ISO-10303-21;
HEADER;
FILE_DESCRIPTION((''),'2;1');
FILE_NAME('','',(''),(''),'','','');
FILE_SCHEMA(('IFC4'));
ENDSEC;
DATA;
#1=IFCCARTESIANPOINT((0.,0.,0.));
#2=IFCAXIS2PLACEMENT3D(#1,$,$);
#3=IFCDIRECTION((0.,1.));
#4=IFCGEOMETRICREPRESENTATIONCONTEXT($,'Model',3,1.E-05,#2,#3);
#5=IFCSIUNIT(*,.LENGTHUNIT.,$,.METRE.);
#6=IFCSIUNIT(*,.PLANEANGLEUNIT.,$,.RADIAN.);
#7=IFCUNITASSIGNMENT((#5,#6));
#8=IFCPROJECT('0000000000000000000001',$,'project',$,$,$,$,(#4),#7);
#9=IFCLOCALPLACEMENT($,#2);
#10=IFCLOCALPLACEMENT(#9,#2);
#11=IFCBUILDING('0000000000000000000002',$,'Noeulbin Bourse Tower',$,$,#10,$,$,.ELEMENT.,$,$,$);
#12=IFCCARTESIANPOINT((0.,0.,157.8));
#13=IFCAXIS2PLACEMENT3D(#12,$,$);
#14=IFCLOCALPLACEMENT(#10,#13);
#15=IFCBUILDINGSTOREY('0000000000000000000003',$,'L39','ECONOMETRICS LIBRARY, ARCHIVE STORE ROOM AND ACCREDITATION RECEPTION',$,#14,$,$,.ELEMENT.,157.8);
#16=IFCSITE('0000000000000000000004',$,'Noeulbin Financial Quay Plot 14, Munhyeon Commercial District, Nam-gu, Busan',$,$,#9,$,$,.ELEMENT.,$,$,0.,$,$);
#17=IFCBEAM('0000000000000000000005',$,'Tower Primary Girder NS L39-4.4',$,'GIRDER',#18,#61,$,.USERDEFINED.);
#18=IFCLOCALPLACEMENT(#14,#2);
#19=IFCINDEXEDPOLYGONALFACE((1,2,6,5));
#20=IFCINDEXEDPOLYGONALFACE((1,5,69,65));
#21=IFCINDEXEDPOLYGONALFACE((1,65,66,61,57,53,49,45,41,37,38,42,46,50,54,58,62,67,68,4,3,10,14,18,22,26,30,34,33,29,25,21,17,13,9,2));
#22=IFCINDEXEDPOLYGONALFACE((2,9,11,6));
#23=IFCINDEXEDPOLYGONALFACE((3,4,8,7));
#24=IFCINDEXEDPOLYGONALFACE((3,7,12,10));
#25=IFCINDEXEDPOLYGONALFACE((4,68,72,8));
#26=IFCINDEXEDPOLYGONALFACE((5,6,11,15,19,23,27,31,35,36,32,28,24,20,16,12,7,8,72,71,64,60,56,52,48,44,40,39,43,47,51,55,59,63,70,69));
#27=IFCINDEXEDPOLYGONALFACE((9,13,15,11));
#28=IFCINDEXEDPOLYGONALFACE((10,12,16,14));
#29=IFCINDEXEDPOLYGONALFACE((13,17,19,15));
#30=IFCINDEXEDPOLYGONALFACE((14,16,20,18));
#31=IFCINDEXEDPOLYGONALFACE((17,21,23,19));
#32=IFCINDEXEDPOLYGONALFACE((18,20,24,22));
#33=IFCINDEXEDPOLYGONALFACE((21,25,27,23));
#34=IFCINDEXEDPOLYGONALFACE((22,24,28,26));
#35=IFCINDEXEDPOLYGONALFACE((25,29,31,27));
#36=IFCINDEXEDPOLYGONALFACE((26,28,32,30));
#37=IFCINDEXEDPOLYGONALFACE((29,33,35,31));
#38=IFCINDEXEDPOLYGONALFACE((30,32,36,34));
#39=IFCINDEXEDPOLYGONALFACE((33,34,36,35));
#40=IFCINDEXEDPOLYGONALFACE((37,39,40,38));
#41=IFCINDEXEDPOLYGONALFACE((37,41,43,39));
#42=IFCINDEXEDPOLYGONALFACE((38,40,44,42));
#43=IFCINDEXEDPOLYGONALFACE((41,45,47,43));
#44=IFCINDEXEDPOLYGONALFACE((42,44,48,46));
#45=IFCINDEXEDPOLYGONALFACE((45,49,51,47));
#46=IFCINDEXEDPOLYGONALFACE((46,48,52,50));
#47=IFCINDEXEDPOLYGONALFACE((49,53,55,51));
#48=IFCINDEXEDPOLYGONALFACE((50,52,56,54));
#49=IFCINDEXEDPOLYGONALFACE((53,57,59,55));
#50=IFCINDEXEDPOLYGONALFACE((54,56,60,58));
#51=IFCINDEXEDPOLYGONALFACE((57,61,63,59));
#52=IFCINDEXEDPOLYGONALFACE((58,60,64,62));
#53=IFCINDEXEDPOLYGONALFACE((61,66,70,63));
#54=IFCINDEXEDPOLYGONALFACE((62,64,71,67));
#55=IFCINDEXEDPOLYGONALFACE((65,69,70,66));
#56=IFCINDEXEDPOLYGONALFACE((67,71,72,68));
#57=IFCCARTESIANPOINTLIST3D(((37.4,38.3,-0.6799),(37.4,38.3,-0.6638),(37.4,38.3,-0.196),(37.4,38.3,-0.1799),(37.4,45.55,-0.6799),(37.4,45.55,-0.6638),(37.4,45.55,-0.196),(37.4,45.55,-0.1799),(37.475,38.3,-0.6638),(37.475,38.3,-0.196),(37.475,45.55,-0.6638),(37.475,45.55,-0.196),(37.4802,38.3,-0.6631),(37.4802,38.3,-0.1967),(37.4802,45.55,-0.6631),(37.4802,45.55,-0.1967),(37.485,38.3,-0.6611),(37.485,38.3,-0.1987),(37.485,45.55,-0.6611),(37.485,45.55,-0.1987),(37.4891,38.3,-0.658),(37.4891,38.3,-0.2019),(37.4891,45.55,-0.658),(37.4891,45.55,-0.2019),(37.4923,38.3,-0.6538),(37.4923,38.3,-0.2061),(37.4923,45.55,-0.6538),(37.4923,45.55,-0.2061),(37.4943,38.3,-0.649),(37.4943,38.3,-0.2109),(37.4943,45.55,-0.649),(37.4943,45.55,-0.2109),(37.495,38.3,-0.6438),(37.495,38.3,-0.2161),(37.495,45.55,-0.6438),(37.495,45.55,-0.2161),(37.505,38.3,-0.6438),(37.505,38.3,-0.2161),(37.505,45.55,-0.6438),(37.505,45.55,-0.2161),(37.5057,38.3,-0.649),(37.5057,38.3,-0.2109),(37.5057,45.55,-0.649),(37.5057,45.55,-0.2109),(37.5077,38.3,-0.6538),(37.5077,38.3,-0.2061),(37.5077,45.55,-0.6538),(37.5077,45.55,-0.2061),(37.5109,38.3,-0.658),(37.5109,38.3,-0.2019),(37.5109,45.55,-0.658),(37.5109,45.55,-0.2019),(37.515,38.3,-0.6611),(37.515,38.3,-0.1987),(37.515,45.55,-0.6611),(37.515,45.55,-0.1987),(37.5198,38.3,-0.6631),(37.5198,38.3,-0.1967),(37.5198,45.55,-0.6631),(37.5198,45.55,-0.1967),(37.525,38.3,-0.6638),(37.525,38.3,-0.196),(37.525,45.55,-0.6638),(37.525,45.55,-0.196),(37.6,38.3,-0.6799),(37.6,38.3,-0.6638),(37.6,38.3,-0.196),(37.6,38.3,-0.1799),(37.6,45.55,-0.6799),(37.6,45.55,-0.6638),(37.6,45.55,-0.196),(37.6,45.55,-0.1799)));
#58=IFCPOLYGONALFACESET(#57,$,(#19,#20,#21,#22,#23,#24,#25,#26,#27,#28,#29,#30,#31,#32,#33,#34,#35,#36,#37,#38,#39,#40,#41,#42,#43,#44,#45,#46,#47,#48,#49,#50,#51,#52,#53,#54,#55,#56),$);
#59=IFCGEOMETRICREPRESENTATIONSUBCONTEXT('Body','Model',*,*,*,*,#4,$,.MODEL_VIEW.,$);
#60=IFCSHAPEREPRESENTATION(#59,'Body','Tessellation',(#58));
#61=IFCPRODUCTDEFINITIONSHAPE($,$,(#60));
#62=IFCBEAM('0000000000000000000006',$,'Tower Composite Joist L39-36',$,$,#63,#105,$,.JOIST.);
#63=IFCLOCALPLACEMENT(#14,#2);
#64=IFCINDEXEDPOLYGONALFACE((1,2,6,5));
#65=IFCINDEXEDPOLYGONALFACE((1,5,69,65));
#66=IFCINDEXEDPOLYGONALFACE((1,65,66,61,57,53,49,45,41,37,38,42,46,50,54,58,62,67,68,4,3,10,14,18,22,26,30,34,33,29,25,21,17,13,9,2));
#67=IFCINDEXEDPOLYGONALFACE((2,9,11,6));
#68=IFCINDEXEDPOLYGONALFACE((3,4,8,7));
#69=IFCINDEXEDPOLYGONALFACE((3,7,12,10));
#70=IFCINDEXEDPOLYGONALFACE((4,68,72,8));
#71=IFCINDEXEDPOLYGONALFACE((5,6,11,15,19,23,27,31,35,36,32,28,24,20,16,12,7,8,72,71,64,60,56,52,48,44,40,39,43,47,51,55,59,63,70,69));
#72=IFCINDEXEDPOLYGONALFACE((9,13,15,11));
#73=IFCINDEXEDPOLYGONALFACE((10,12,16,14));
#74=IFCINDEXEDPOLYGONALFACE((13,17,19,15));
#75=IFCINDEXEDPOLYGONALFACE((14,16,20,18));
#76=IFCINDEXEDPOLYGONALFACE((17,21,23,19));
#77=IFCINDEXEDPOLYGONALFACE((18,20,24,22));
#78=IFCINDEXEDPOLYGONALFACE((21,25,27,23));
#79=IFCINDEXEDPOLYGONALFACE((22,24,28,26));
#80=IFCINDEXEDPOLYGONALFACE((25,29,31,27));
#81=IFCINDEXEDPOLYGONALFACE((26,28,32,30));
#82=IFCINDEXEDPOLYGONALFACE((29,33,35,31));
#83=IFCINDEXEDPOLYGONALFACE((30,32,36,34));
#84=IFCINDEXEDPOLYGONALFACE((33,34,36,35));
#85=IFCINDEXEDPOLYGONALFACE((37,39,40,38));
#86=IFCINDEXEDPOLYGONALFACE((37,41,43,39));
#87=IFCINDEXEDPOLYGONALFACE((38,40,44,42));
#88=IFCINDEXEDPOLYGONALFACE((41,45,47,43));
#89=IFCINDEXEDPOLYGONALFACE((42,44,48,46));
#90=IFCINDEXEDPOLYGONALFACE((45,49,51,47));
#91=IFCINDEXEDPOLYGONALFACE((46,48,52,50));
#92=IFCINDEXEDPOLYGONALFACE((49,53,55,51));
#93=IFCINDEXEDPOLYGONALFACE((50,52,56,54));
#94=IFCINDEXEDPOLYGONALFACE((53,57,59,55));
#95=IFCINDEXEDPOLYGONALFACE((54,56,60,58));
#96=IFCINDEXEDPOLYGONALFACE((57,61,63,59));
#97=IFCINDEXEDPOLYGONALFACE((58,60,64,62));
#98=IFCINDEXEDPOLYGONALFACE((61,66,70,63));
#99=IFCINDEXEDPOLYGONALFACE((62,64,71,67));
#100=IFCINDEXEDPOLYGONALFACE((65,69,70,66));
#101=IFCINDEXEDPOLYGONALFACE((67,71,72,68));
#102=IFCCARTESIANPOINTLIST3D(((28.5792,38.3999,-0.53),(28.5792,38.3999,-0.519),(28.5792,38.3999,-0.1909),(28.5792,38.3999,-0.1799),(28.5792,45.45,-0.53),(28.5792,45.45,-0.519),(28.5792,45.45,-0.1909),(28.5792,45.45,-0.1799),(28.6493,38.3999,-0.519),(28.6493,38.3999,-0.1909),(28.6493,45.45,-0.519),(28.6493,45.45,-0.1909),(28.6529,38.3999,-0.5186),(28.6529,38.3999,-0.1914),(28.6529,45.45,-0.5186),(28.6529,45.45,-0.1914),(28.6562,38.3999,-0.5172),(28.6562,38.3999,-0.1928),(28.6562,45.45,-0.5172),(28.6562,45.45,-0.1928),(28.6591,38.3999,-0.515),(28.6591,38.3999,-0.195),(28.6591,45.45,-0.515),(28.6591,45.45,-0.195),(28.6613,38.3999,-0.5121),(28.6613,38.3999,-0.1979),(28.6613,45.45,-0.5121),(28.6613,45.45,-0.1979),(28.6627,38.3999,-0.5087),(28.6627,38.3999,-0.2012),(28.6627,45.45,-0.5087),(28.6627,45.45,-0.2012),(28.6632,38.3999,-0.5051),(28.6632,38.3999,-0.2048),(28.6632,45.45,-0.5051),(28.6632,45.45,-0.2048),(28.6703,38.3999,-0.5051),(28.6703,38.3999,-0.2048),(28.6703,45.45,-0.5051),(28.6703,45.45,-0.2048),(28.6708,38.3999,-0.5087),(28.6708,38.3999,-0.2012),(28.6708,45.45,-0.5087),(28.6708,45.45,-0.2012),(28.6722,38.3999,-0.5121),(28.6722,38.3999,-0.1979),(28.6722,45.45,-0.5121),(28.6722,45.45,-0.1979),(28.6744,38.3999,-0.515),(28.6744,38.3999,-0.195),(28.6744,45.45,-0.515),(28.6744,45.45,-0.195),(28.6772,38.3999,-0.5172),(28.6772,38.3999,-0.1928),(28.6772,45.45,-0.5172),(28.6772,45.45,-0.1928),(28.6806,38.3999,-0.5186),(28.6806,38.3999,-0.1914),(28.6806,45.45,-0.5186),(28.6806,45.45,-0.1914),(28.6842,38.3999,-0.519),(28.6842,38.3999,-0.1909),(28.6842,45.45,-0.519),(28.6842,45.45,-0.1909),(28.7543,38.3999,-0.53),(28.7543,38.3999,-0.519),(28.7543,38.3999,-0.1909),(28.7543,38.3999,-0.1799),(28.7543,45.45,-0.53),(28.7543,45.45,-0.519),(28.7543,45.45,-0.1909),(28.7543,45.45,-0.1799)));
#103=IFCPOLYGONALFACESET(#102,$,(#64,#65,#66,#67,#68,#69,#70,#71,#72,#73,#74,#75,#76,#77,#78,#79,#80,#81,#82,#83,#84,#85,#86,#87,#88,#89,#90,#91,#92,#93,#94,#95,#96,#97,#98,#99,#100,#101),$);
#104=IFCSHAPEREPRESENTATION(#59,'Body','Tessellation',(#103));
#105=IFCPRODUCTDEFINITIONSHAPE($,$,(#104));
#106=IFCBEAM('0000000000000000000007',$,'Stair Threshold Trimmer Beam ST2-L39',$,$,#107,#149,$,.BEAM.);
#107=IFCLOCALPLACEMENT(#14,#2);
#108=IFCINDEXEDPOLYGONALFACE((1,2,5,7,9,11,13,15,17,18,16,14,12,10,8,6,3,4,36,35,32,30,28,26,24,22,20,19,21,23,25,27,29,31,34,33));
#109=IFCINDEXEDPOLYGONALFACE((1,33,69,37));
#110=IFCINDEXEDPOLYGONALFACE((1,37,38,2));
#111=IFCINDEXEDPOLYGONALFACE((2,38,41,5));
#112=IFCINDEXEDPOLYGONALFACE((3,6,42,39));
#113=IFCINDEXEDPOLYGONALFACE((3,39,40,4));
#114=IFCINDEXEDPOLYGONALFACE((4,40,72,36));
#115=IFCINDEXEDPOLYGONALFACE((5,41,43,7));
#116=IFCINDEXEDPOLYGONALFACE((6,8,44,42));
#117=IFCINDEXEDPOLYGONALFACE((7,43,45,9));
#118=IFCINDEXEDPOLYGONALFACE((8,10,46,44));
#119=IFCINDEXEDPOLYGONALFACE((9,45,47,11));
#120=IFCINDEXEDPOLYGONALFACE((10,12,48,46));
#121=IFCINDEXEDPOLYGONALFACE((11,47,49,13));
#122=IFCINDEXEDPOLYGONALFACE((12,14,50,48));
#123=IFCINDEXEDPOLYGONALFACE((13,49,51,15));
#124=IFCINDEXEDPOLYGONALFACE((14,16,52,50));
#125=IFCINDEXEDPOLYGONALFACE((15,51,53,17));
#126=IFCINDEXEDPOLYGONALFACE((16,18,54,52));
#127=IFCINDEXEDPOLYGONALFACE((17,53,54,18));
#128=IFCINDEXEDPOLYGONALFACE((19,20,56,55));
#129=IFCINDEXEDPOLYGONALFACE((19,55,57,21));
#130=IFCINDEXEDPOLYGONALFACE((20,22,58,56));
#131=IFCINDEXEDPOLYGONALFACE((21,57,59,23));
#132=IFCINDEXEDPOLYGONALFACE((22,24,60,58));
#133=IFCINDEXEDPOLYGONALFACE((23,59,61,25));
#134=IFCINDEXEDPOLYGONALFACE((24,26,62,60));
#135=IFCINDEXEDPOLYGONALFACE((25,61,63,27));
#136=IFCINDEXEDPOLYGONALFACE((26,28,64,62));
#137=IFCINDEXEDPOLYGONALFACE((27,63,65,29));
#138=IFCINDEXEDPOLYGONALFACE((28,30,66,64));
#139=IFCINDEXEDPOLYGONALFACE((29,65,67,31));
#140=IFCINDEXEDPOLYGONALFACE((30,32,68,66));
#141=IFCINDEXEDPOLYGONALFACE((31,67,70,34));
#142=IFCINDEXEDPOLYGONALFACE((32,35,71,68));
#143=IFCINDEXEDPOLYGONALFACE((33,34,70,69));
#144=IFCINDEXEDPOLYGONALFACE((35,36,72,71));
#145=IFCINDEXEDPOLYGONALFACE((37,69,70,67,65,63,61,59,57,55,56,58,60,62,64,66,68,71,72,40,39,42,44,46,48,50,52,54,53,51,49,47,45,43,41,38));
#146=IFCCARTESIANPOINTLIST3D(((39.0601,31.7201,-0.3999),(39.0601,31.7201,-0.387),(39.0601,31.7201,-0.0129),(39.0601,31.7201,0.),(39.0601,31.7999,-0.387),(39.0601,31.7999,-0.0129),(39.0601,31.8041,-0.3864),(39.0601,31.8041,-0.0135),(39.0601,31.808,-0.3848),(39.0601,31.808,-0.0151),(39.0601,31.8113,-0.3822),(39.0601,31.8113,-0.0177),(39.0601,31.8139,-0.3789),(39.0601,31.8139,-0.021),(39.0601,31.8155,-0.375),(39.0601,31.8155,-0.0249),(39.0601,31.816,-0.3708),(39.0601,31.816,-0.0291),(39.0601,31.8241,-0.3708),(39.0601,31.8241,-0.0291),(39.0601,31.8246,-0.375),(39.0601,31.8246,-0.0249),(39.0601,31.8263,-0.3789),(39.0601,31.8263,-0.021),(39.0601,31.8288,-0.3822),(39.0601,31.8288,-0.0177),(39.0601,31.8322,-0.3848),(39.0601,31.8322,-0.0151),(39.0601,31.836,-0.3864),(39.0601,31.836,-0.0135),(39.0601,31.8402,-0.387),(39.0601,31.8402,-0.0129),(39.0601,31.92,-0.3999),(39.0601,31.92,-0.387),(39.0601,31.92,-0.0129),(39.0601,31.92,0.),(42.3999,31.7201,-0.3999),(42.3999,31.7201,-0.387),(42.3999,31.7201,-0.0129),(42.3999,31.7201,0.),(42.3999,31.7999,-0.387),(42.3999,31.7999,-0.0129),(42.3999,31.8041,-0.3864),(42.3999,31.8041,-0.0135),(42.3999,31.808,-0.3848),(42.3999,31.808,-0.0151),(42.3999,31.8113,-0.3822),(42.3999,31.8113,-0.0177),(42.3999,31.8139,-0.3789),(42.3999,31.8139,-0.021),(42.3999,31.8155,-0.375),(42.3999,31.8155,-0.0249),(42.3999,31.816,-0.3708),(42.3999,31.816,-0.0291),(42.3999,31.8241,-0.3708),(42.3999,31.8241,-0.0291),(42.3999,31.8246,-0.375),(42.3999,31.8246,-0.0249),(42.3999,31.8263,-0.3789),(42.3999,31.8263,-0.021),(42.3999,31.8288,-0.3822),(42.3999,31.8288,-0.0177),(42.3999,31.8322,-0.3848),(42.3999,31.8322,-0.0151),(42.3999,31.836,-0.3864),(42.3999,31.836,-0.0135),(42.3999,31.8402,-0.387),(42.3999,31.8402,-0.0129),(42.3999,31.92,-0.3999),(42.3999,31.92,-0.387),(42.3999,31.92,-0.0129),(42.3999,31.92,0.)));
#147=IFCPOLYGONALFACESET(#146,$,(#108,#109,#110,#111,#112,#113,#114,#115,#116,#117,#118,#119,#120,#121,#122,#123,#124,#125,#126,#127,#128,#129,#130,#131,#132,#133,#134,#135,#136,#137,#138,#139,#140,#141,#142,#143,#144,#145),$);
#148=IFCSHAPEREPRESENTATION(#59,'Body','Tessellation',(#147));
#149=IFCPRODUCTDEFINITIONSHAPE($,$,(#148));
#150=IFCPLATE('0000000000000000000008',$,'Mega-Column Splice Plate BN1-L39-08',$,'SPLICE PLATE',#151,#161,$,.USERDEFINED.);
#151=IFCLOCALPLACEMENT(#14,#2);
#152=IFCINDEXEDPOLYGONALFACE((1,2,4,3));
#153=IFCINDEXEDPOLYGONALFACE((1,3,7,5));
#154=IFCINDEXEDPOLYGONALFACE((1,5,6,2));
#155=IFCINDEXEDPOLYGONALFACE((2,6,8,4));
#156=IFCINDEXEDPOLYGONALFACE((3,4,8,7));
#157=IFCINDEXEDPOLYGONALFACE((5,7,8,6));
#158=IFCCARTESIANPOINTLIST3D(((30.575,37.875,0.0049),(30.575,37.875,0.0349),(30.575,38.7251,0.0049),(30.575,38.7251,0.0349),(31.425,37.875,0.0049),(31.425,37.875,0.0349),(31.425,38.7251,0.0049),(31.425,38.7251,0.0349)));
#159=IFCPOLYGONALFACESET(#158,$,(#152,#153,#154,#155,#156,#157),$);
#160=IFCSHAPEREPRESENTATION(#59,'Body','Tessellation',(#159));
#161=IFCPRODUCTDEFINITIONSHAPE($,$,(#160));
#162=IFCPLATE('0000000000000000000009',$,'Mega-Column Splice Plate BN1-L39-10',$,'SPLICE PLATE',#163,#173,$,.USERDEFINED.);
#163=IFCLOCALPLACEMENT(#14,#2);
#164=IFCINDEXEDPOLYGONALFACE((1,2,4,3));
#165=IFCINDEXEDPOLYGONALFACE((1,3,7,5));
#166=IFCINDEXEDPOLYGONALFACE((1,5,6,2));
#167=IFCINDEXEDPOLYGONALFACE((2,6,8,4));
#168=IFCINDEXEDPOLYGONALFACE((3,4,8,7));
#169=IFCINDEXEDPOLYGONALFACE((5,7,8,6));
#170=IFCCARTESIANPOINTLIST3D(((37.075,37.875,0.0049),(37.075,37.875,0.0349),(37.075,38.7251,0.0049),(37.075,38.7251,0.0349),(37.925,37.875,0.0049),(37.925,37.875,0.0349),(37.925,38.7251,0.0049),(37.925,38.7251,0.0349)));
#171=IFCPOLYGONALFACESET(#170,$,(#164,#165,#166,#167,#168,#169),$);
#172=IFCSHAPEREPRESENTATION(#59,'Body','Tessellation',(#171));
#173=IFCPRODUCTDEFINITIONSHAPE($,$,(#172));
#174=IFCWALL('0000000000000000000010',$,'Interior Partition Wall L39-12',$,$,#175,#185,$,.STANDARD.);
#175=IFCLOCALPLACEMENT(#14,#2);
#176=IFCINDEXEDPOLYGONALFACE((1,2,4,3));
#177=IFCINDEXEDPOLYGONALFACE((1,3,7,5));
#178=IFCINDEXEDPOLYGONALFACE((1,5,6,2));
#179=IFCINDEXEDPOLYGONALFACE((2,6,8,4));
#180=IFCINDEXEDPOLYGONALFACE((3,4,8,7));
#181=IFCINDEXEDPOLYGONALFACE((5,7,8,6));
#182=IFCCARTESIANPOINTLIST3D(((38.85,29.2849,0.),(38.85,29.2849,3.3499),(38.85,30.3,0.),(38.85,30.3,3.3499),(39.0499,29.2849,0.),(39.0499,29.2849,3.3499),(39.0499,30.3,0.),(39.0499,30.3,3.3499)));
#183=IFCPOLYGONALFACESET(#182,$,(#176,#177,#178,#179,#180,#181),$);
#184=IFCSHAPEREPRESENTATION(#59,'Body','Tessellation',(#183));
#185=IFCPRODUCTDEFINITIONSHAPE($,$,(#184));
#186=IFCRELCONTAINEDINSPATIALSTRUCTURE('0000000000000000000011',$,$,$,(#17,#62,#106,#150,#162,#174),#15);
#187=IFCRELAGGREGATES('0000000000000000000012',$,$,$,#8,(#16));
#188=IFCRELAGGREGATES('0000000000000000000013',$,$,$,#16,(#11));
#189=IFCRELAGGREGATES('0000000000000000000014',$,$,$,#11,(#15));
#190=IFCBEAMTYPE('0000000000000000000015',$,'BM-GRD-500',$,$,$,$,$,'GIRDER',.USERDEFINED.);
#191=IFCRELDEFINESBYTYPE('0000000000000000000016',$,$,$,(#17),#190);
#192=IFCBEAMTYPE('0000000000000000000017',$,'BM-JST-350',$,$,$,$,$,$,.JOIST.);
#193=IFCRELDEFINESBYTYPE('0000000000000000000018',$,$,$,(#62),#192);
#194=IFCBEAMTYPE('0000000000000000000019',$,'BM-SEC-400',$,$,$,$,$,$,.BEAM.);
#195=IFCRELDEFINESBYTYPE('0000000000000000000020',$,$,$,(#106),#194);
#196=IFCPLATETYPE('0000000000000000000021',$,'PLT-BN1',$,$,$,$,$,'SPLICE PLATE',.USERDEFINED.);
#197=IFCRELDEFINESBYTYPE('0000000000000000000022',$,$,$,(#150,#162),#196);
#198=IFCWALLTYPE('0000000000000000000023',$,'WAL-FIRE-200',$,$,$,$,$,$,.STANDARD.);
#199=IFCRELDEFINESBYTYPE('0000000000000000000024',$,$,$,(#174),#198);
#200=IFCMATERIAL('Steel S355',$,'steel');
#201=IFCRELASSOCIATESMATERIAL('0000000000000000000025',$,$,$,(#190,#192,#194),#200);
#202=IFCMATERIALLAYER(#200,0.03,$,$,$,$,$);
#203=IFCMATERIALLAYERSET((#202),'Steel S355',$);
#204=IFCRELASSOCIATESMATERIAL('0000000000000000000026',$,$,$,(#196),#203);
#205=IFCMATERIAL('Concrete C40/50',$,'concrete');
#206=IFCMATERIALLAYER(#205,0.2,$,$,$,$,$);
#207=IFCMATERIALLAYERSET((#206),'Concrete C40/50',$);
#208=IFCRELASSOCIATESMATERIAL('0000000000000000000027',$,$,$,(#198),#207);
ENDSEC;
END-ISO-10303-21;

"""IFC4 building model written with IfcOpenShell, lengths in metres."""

from ifc_helpers import new_model, si_unit, direction, frame, frame_2d, origin, origin_2d, place, context, subcontext, project, spatial, rectangle, i_section, extrude, material, layer, layer_set, material_profile, profile_set, type_object, element, save


model = new_model("IFC4")

# Units and contexts
model_context = context("Model", 3, precision=1e-05, world=origin(), true_north=direction((0.0, 1.0)))
body_context = subcontext(model_context, "Body", "Model", "MODEL_VIEW")
ifc_project = project(units=[si_unit("LENGTHUNIT", "METRE"), si_unit("PLANEANGLEUNIT", "RADIAN")], contexts=[model_context])

# Site, building, storey
site_placement = place(None, origin())
site = spatial("IfcSite", under=ifc_project, at=site_placement, Name="Noeulbin Financial Quay Plot 14, Munhyeon Commercial District, Nam-gu, Busan", CompositionType="ELEMENT", RefElevation=0.0)
building_placement = place(site_placement, origin())
building = spatial("IfcBuilding", under=site, at=building_placement, Name="Noeulbin Bourse Tower", CompositionType="ELEMENT")
storey_placement = place(building_placement, frame((0.0, 0.0, 157.8)))
storey = spatial("IfcBuildingStorey", under=building, at=storey_placement, Name="L39", Description="ECONOMETRICS LIBRARY, ARCHIVE STORE ROOM AND ACCREDITATION RECEPTION", CompositionType="ELEMENT", Elevation=157.8)

# Beams
ifc_material_1 = material(Name="Steel S355", Category="steel")
ifc_material_profile_1 = material_profile(ifc_material_1, i_section(OverallWidth=0.2, OverallDepth=0.5, WebThickness=0.01, FlangeThickness=0.0161, FilletRadius=0.02, at=origin_2d()), Name="H-500x200x10x16", Category="LoadBearing")
ifc_profile_set_1 = profile_set([ifc_material_profile_1], Name="Steel S355")
beam_type_1 = type_object("IfcBeamType", Name="BM-GRD-500", ElementType="GIRDER", PredefinedType="USERDEFINED", material=ifc_profile_set_1)
for number, where, z_axis, x_axis, name in (
    (1, (37.5, 38.3, -0.4299), (0.0, 1.0, 0.0), (-1.0, 0.0, 0.0), "Tower Primary Girder NS L39-4.4"),
):
    element("IfcBeam", number, at=place(storey_placement, frame(where, z_axis=z_axis, x_axis=x_axis)), inside=storey, type_object=beam_type_1, Name=name, ObjectType="GIRDER", PredefinedType="USERDEFINED", context=body_context, shape_type="SweptSolid", body=[
        extrude(i_section(OverallWidth=0.2, OverallDepth=0.5, WebThickness=0.01, FlangeThickness=0.0161, FilletRadius=0.02, at=origin_2d()), origin(), (0.0, 0.0, 1.0), 7.25),
    ])
ifc_material_profile_2 = material_profile(ifc_material_1, i_section(OverallWidth=0.175, OverallDepth=0.3501, WebThickness=0.0071, FlangeThickness=0.011, FilletRadius=0.0139, at=origin_2d()), Name="H-350x175x7x11", Category="LoadBearing")
ifc_profile_set_2 = profile_set([ifc_material_profile_2], Name="Steel S355")
beam_type_2 = type_object("IfcBeamType", Name="BM-JST-350", PredefinedType="JOIST", material=ifc_profile_set_2)
beam_1_placement = place(storey_placement, frame((28.6667, 38.3999, -0.355), z_axis=(0.0, 1.0, 0.0), x_axis=(-1.0, 0.0, 0.0)))
element("IfcBeam", 2, at=beam_1_placement, inside=storey, type_object=beam_type_2, Name="Tower Composite Joist L39-36", PredefinedType="JOIST", context=body_context, shape_type="SweptSolid", body=[
    extrude(i_section(OverallWidth=0.175, OverallDepth=0.3501, WebThickness=0.0071, FlangeThickness=0.011, FilletRadius=0.0139, at=origin_2d()), origin(), (0.0, 0.0, 1.0), 7.05),
])
ifc_material_profile_3 = material_profile(ifc_material_1, i_section(OverallWidth=0.2, OverallDepth=0.3999, WebThickness=0.0081, FlangeThickness=0.0129, FilletRadius=0.0161, at=origin_2d()), Name="H-400x200x8x13", Category="LoadBearing")
ifc_profile_set_3 = profile_set([ifc_material_profile_3], Name="Steel S355")
beam_type_3 = type_object("IfcBeamType", Name="BM-SEC-400", PredefinedType="BEAM", material=ifc_profile_set_3)
beam_2_placement = place(storey_placement, frame((39.0601, 31.8201, -0.2), z_axis=(1.0, 0.0, 0.0), x_axis=(0.0, 1.0, 0.0)))
element("IfcBeam", 3, at=beam_2_placement, inside=storey, type_object=beam_type_3, Name="Stair Threshold Trimmer Beam ST2-L39", PredefinedType="BEAM", context=body_context, shape_type="SweptSolid", body=[
    extrude(i_section(OverallWidth=0.2, OverallDepth=0.3999, WebThickness=0.0081, FlangeThickness=0.0129, FilletRadius=0.0161, at=origin_2d()), origin(), (0.0, 0.0, 1.0), 3.3398),
])

# Plates
ifc_layer_1 = layer(ifc_material_1, 0.03)
ifc_layer_set_1 = layer_set([ifc_layer_1], Name="Steel S355")
plate_type = type_object("IfcPlateType", Name="PLT-BN1", ElementType="SPLICE PLATE", PredefinedType="USERDEFINED", material=ifc_layer_set_1)
for number, where, z_axis, x_axis, name in (
    (4, (31.0, 38.3, 0.0049), (0.0, 0.0, 1.0), (1.0, 0.0, 0.0), "Mega-Column Splice Plate BN1-L39-08"),
    (5, (37.5, 38.3, 0.0049), (0.0, 0.0, 1.0), (1.0, 0.0, 0.0), "Mega-Column Splice Plate BN1-L39-10"),
):
    element("IfcPlate", number, at=place(storey_placement, frame(where, z_axis=z_axis, x_axis=x_axis)), inside=storey, type_object=plate_type, Name=name, ObjectType="SPLICE PLATE", PredefinedType="USERDEFINED", context=body_context, shape_type="SweptSolid", body=[
        extrude(rectangle(XDim=0.8501, YDim=0.8501, at=origin_2d()), origin(), (0.0, 0.0, 1.0), 0.03),
    ])

# Wall
ifc_material_2 = material(Name="Concrete C40/50", Category="concrete")
ifc_layer_2 = layer(ifc_material_2, 0.2)
ifc_layer_set_2 = layer_set([ifc_layer_2], Name="Concrete C40/50")
wall_type_1 = type_object("IfcWallType", Name="WAL-FIRE-200", PredefinedType="STANDARD", material=ifc_layer_set_2)
wall_1_placement = place(storey_placement, frame((38.95, 29.2849, 0.0), z_axis=(0.0, 0.0, 1.0), x_axis=(0.0, 1.0, 0.0)))
element("IfcWall", 6, at=wall_1_placement, inside=storey, type_object=wall_type_1, Name="Interior Partition Wall L39-12", PredefinedType="STANDARD", context=body_context, shape_type="SweptSolid", body=[
    extrude(rectangle(XDim=1.0151, YDim=0.2, at=frame_2d((0.5076, 0.0))), origin(), (0.0, 0.0, 1.0), 3.3499),
])

save(model, "model.ifc")
